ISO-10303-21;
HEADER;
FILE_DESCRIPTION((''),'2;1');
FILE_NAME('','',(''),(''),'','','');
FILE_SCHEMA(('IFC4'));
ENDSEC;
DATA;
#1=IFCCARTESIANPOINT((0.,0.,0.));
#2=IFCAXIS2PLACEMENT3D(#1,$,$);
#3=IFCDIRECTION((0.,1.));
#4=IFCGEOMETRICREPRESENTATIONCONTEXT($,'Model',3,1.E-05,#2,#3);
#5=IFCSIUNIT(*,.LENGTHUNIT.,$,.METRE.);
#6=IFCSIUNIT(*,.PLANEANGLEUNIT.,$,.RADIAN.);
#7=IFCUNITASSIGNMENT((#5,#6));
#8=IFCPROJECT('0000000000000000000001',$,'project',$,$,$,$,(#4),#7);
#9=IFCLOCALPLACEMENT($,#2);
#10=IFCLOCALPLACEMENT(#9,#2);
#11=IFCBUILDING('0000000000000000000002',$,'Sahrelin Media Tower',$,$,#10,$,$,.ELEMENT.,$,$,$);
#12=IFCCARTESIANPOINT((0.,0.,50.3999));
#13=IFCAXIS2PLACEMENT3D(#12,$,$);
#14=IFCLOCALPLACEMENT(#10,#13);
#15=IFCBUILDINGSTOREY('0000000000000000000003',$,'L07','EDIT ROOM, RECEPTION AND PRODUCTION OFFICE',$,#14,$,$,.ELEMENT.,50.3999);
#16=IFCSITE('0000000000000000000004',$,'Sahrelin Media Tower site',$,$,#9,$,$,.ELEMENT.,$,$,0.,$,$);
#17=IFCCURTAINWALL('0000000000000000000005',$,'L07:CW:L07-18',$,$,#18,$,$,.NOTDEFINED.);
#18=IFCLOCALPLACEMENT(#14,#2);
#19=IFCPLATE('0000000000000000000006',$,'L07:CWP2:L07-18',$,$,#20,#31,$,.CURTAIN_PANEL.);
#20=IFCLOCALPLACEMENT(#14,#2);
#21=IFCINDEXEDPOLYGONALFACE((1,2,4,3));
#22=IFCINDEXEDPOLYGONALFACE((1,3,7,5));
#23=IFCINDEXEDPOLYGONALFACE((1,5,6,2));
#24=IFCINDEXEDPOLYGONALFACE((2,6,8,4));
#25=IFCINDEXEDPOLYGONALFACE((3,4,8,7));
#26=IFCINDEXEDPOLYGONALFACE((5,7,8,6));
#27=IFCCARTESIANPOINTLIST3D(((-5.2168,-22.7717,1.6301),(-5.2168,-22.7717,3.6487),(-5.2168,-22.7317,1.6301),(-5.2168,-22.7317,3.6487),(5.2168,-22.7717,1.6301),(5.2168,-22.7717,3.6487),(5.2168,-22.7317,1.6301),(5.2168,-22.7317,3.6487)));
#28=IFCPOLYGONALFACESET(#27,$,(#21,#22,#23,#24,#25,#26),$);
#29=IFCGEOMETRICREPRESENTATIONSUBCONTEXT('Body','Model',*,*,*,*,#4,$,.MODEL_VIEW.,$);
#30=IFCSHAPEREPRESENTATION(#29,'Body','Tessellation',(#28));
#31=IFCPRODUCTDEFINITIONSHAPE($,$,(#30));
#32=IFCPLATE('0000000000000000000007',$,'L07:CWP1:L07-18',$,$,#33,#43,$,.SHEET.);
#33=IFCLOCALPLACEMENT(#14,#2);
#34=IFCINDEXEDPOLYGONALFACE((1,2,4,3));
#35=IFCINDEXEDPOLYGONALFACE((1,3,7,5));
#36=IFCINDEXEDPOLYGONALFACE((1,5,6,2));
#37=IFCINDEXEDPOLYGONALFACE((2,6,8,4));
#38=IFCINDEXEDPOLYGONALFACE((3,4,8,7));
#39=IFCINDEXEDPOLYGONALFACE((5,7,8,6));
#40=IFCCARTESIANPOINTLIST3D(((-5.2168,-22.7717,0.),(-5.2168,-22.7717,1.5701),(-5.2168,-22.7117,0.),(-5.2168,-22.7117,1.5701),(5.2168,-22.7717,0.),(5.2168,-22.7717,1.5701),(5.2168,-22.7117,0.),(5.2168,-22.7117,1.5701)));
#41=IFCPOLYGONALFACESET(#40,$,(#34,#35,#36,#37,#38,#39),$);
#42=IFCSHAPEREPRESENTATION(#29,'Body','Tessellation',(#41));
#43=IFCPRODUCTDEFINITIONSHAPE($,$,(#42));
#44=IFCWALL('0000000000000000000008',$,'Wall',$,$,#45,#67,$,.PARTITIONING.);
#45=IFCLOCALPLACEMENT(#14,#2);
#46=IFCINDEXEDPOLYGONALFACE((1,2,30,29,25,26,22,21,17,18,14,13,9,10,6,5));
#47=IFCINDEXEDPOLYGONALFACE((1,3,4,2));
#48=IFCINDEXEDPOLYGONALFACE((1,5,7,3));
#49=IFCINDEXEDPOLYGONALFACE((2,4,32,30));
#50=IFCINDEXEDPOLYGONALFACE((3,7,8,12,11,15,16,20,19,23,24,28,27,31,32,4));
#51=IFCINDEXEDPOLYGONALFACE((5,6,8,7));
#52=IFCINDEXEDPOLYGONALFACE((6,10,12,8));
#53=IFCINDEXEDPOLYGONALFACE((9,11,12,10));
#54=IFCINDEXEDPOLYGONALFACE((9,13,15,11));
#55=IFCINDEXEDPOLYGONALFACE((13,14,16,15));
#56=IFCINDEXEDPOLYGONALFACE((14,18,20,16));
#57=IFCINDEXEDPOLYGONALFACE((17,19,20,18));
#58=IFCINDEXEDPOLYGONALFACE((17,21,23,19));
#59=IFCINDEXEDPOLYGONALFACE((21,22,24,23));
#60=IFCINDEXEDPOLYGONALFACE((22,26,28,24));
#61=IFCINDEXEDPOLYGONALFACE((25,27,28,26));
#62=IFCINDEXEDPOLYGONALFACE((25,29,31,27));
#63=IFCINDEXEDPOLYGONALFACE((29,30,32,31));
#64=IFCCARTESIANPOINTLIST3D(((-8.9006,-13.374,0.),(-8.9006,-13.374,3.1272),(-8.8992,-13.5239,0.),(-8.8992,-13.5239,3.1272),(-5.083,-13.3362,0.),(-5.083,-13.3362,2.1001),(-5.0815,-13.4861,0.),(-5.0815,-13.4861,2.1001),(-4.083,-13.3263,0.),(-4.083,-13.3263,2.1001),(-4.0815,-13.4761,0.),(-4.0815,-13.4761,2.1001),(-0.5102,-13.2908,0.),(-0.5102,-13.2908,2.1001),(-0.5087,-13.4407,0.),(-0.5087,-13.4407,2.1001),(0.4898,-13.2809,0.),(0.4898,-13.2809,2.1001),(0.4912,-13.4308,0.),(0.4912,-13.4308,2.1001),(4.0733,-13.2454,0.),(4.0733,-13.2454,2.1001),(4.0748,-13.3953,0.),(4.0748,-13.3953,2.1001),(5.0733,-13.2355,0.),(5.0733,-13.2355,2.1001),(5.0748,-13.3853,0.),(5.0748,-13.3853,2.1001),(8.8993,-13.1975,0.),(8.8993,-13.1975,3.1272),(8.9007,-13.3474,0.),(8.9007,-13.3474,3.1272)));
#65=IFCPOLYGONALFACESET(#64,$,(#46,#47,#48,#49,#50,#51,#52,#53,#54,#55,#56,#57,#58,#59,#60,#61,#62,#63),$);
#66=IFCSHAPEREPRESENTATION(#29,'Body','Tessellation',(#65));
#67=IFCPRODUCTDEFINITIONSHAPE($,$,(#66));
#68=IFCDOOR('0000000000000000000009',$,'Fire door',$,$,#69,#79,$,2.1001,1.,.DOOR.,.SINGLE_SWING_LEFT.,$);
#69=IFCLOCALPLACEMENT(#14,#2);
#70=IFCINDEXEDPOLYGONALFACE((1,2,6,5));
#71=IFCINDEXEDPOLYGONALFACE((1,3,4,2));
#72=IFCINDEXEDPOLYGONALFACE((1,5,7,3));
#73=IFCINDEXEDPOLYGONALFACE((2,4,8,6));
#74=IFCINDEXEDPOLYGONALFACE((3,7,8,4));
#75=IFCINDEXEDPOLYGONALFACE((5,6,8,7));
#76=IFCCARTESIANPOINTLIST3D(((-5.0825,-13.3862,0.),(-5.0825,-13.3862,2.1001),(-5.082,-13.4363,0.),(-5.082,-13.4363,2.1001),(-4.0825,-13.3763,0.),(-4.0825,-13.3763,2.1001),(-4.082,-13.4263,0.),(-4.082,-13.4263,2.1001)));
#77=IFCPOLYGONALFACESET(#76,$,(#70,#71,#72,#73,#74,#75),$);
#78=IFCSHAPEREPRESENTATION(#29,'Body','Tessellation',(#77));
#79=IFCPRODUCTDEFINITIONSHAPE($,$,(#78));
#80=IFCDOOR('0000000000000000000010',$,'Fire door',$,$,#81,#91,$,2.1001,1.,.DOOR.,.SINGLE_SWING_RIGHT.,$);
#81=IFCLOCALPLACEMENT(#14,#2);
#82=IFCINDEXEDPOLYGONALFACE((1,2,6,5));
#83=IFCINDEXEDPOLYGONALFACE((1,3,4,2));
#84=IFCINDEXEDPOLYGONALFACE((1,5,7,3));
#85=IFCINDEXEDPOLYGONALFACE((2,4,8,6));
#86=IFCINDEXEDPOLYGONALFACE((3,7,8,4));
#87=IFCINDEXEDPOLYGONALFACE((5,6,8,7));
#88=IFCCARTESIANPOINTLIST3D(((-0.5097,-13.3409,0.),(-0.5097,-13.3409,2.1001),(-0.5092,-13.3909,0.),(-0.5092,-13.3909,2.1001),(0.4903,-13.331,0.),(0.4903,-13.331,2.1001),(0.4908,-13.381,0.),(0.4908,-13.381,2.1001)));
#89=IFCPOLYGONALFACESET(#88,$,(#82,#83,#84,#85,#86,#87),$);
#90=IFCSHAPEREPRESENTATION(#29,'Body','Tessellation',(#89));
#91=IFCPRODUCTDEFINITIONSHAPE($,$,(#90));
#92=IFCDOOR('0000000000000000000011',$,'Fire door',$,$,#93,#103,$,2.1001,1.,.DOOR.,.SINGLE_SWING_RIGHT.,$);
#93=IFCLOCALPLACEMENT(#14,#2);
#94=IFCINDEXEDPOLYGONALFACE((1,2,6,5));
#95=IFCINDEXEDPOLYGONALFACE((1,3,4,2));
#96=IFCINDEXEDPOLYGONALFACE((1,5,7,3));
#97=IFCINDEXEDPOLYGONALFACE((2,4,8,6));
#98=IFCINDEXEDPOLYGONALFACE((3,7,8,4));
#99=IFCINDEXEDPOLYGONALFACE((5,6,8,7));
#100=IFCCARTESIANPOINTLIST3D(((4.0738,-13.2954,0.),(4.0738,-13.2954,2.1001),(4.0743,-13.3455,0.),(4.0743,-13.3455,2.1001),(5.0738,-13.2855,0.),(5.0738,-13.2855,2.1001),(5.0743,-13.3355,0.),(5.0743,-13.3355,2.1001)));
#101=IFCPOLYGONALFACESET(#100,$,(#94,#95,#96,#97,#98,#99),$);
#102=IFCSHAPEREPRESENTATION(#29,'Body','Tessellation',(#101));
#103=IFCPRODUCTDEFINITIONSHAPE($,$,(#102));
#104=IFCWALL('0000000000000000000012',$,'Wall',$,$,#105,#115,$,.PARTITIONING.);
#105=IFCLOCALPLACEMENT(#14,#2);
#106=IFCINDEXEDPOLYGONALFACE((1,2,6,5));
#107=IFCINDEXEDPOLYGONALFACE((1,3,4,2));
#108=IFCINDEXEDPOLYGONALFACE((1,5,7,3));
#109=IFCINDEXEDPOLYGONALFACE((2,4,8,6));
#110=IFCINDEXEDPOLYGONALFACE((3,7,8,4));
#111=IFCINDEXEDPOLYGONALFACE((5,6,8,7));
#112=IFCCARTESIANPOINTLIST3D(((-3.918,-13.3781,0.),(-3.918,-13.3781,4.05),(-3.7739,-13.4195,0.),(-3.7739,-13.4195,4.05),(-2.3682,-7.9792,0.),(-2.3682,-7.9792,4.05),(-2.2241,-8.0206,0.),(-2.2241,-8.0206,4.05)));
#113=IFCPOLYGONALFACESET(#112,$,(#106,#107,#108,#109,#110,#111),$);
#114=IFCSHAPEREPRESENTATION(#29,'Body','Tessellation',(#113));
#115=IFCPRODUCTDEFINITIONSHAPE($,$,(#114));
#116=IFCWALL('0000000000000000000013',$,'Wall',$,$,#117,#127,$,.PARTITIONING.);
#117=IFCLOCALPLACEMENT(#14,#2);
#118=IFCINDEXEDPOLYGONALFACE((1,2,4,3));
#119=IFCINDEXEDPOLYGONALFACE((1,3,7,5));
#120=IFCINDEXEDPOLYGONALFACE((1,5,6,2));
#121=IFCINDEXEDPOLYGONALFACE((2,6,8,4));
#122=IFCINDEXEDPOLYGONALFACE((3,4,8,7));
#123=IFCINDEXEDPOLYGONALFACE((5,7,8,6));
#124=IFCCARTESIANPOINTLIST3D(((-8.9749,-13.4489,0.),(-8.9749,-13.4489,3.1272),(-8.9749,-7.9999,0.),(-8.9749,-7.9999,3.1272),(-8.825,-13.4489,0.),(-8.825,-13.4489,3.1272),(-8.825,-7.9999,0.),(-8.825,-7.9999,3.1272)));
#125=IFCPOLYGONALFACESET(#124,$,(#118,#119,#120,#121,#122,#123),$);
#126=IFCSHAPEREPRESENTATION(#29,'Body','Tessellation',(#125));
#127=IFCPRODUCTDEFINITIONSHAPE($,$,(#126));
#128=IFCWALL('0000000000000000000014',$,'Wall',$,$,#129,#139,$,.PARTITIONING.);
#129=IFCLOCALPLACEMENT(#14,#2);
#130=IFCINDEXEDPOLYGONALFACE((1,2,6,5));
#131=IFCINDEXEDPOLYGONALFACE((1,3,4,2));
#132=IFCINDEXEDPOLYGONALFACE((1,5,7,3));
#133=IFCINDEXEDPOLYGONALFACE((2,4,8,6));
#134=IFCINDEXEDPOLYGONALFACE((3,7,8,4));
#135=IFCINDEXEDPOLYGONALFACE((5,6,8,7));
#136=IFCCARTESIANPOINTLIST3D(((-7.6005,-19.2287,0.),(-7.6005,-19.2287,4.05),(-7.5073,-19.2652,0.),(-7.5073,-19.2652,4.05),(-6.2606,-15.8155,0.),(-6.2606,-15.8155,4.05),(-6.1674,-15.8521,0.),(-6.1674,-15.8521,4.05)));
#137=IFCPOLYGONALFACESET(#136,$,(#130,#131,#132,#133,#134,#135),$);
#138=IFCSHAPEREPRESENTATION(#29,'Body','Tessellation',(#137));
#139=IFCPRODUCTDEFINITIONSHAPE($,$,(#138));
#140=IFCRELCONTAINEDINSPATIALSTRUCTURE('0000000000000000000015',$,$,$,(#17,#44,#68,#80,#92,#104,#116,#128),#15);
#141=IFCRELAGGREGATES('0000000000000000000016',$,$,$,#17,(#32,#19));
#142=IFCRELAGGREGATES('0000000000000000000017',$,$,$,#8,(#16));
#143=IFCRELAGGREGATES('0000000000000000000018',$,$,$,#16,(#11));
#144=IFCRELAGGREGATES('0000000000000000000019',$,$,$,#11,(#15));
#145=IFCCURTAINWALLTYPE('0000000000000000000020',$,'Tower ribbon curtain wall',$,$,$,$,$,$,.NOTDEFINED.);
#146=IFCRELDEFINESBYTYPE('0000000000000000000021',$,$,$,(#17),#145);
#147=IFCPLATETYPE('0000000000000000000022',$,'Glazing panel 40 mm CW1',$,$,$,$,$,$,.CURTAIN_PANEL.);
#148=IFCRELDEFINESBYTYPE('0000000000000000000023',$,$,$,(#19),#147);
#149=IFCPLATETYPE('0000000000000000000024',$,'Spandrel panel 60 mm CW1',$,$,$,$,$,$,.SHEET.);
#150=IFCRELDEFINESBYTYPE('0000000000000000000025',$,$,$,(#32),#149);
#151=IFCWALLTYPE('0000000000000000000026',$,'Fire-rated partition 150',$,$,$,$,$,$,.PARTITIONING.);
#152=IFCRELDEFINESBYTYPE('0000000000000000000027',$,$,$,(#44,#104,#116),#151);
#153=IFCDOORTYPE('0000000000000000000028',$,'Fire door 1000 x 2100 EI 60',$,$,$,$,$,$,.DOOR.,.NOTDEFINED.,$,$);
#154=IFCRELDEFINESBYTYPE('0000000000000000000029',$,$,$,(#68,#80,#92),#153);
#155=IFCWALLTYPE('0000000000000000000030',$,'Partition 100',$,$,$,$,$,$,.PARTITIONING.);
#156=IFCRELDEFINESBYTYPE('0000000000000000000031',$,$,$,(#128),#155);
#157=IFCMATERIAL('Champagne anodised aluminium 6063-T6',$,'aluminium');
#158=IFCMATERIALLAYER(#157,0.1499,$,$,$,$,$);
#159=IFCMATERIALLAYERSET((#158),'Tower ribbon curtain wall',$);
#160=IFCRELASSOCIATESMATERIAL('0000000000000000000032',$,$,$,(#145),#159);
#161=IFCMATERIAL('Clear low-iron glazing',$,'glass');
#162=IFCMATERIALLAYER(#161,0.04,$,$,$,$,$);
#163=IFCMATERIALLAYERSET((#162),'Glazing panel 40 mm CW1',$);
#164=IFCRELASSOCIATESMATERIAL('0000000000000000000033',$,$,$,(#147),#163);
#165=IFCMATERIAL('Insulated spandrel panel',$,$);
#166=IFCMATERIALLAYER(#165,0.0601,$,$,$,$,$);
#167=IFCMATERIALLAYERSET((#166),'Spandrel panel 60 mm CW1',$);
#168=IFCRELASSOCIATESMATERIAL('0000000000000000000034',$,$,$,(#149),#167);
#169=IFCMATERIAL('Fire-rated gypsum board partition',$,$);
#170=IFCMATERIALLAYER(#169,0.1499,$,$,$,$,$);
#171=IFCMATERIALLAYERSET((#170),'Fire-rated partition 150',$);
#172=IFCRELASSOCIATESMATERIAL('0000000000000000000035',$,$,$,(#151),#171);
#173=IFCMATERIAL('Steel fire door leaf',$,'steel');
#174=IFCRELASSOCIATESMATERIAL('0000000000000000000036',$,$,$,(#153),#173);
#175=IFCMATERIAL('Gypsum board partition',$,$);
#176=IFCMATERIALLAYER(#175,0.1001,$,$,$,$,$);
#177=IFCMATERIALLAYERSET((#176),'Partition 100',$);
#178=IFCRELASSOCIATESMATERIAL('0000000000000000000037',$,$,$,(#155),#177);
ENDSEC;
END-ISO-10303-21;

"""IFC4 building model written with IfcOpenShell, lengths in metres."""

from ifc_helpers import new_model, si_unit, direction, frame, frame_2d, origin, place, context, subcontext, project, spatial, polyline, rectangle, outline, extrude, material, layer, layer_set, type_object, element, fill, aggregate, save


model = new_model("IFC4")

# Units and contexts
model_context = context("Model", 3, precision=1e-05, world=origin(), true_north=direction((0.0, 1.0)))
body_context = subcontext(model_context, "Body", "Model", "MODEL_VIEW")
ifc_project = project(units=[si_unit("LENGTHUNIT", "METRE"), si_unit("PLANEANGLEUNIT", "RADIAN")], contexts=[model_context])

# Site, building, storey
site_placement = place(None, origin())
site = spatial("IfcSite", under=ifc_project, at=site_placement, Name="Sahrelin Media Tower site", CompositionType="ELEMENT", RefElevation=0.0)
building_placement = place(site_placement, origin())
building = spatial("IfcBuilding", under=site, at=building_placement, Name="Sahrelin Media Tower", CompositionType="ELEMENT")
storey_placement = place(building_placement, frame((0.0, 0.0, 50.3999)))
storey = spatial("IfcBuildingStorey", under=building, at=storey_placement, Name="L07", Description="EDIT ROOM, RECEPTION AND PRODUCTION OFFICE", CompositionType="ELEMENT", Elevation=50.3999)

# Curtain wall
ifc_material_1 = material(Name="Champagne anodised aluminium 6063-T6", Category="aluminium")
ifc_layer_1 = layer(ifc_material_1, 0.1499)
ifc_layer_set_1 = layer_set([ifc_layer_1], Name="Tower ribbon curtain wall")
curtain_wall_type = type_object("IfcCurtainWallType", Name="Tower ribbon curtain wall", PredefinedType="NOTDEFINED", material=ifc_layer_set_1)
curtain_wall_1_placement = place(storey_placement, frame((0.0, -22.7517, 0.0), z_axis=(0.0, 0.0, 1.0), x_axis=(1.0, 0.0, 0.0)))
curtain_wall_1 = element("IfcCurtainWall", 1, at=curtain_wall_1_placement, inside=storey, type_object=curtain_wall_type, Name="L07:CW:L07-18", PredefinedType="NOTDEFINED")

# Plates
ifc_material_2 = material(Name="Clear low-iron glazing", Category="glass")
ifc_layer_2 = layer(ifc_material_2, 0.04)
ifc_layer_set_2 = layer_set([ifc_layer_2], Name="Glazing panel 40 mm CW1")
plate_type_1 = type_object("IfcPlateType", Name="Glazing panel 40 mm CW1", PredefinedType="CURTAIN_PANEL", material=ifc_layer_set_2)
plate_1_placement = place(storey_placement, frame((-5.2168, -22.7717, 1.6301), z_axis=(0.0, -1.0, 0.0), x_axis=(1.0, 0.0, 0.0)))
plate_1 = element("IfcPlate", 2, at=plate_1_placement, type_object=plate_type_1, Name="L07:CWP2:L07-18", PredefinedType="CURTAIN_PANEL", context=body_context, shape_type="SweptSolid", body=[
    extrude(outline(polyline([(0.0, 0.0), (10.4336, 0.0), (10.4336, 2.0186), (0.0, 2.0186), (0.0, 0.0)])), origin(), (0.0, 0.0, -1.0), 0.04),
])
ifc_material_3 = material(Name="Insulated spandrel panel")
ifc_layer_3 = layer(ifc_material_3, 0.0601)
ifc_layer_set_3 = layer_set([ifc_layer_3], Name="Spandrel panel 60 mm CW1")
plate_type_2 = type_object("IfcPlateType", Name="Spandrel panel 60 mm CW1", PredefinedType="SHEET", material=ifc_layer_set_3)
plate_2_placement = place(storey_placement, frame((-5.2168, -22.7717, 0.0), z_axis=(0.0, -1.0, 0.0), x_axis=(1.0, 0.0, 0.0)))
plate_2 = element("IfcPlate", 3, at=plate_2_placement, type_object=plate_type_2, Name="L07:CWP1:L07-18", PredefinedType="SHEET", context=body_context, shape_type="SweptSolid", body=[
    extrude(outline(polyline([(0.0, 0.0), (10.4336, 0.0), (10.4336, 1.5701), (0.0, 1.5701), (0.0, 0.0)])), origin(), (0.0, 0.0, -1.0), 0.0601),
])
aggregate(curtain_wall_1, [plate_2, plate_1])

# Wall, openings, doors
ifc_material_4 = material(Name="Fire-rated gypsum board partition")
ifc_layer_4 = layer(ifc_material_4, 0.1499)
ifc_layer_set_4 = layer_set([ifc_layer_4], Name="Fire-rated partition 150")
wall_type_1 = type_object("IfcWallType", Name="Fire-rated partition 150", PredefinedType="PARTITIONING", material=ifc_layer_set_4)
wall_1_placement = place(storey_placement, frame((-8.8999, -13.449, 0.0), z_axis=(0.0, 0.0, 1.0), x_axis=(0.999951, 0.009916, 0.0)))
wall_1 = element("IfcWall", 4, at=wall_1_placement, inside=storey, type_object=wall_type_1, Name="Wall", PredefinedType="PARTITIONING", context=body_context, shape_type="SweptSolid", body=[
    extrude(rectangle(XDim=17.8008, YDim=0.1499, at=frame_2d((8.9004, 0.0))), origin(), (0.0, 0.0, 1.0), 3.1272),
])
opening_1_placement = place(wall_1_placement, frame((3.8179, 0.0, 0.0)))
opening_1 = element("IfcOpeningElement", 5, at=opening_1_placement, cuts=wall_1, PredefinedType="OPENING", context=body_context, shape_type="SweptSolid", body=[
    extrude(rectangle(XDim=1.0, YDim=2.1001, at=frame_2d((0.5, 1.05))), frame((0.0, 0.075, 0.0), z_axis=(0.0, -1.0, 0.0), x_axis=(1.0, 0.0, 0.0)), (0.0, 0.0, 1.0), 0.1499),
])
opening_2_placement = place(wall_1_placement, frame((8.3909, 0.0, 0.0)))
opening_2 = element("IfcOpeningElement", 6, at=opening_2_placement, cuts=wall_1, PredefinedType="OPENING", context=body_context, shape_type="SweptSolid", body=[
    extrude(rectangle(XDim=1.0, YDim=2.1001, at=frame_2d((0.5, 1.05))), frame((0.0, 0.075, 0.0), z_axis=(0.0, -1.0, 0.0), x_axis=(1.0, 0.0, 0.0)), (0.0, 0.0, 1.0), 0.1499),
])
opening_3_placement = place(wall_1_placement, frame((12.9746, 0.0, 0.0)))
opening_3 = element("IfcOpeningElement", 7, at=opening_3_placement, cuts=wall_1, PredefinedType="OPENING", context=body_context, shape_type="SweptSolid", body=[
    extrude(rectangle(XDim=1.0, YDim=2.1001, at=frame_2d((0.5, 1.05))), frame((0.0, 0.075, 0.0), z_axis=(0.0, -1.0, 0.0), x_axis=(1.0, 0.0, 0.0)), (0.0, 0.0, 1.0), 0.1499),
])
ifc_material_5 = material(Name="Steel fire door leaf", Category="steel")
door_type = type_object("IfcDoorType", Name="Fire door 1000 x 2100 EI 60", OperationType="NOTDEFINED", PredefinedType="DOOR", material=ifc_material_5)
door_1_placement = place(opening_1_placement, origin())
door_1 = element("IfcDoor", 8, at=door_1_placement, inside=storey, type_object=door_type, Name="Fire door", OperationType="SINGLE_SWING_LEFT", OverallHeight=2.1001, OverallWidth=1.0, PredefinedType="DOOR", context=body_context, shape_type="SweptSolid", body=[
    extrude(rectangle(XDim=1.0, YDim=2.1001, at=frame_2d((0.5, 1.05))), frame((0.0, 0.0249, 0.0), z_axis=(0.0, -1.0, 0.0), x_axis=(1.0, 0.0, 0.0)), (0.0, 0.0, 1.0), 0.05),
])
fill(opening_1, door_1)
door_2_placement = place(opening_2_placement, origin())
door_2 = element("IfcDoor", 9, at=door_2_placement, inside=storey, type_object=door_type, Name="Fire door", OperationType="SINGLE_SWING_RIGHT", OverallHeight=2.1001, OverallWidth=1.0, PredefinedType="DOOR", context=body_context, shape_type="SweptSolid", body=[
    extrude(rectangle(XDim=1.0, YDim=2.1001, at=frame_2d((0.5, 1.05))), frame((0.0, 0.0249, 0.0), z_axis=(0.0, -1.0, 0.0), x_axis=(1.0, 0.0, 0.0)), (0.0, 0.0, 1.0), 0.05),
])
fill(opening_2, door_2)
door_3_placement = place(opening_3_placement, origin())
door_3 = element("IfcDoor", 10, at=door_3_placement, inside=storey, type_object=door_type, Name="Fire door", OperationType="SINGLE_SWING_RIGHT", OverallHeight=2.1001, OverallWidth=1.0, PredefinedType="DOOR", context=body_context, shape_type="SweptSolid", body=[
    extrude(rectangle(XDim=1.0, YDim=2.1001, at=frame_2d((0.5, 1.05))), frame((0.0, 0.0249, 0.0), z_axis=(0.0, -1.0, 0.0), x_axis=(1.0, 0.0, 0.0)), (0.0, 0.0, 1.0), 0.05),
])
fill(opening_3, door_3)

# Walls
wall_2_placement = place(storey_placement, frame((-3.8459, -13.3989, 0.0), z_axis=(0.0, 0.0, 1.0), x_axis=(0.275915, 0.961182, 0.0)))
element("IfcWall", 11, at=wall_2_placement, inside=storey, type_object=wall_type_1, Name="Wall", PredefinedType="PARTITIONING", context=body_context, shape_type="SweptSolid", body=[
    extrude(rectangle(XDim=5.6169, YDim=0.1499, at=frame_2d((2.8086, 0.0))), origin(), (0.0, 0.0, 1.0), 4.05),
])
wall_3_placement = place(storey_placement, frame((-8.8999, -13.449, 0.0), z_axis=(0.0, 0.0, 1.0), x_axis=(0.0, 1.0, 0.0)))
element("IfcWall", 12, at=wall_3_placement, inside=storey, type_object=wall_type_1, Name="Wall", PredefinedType="PARTITIONING", context=body_context, shape_type="SweptSolid", body=[
    extrude(rectangle(XDim=5.449, YDim=0.1499, at=frame_2d((2.7246, 0.0))), origin(), (0.0, 0.0, 1.0), 3.1272),
])
ifc_material_6 = material(Name="Gypsum board partition")
ifc_layer_5 = layer(ifc_material_6, 0.1001)
ifc_layer_set_5 = layer_set([ifc_layer_5], Name="Partition 100")
wall_type_2 = type_object("IfcWallType", Name="Partition 100", PredefinedType="PARTITIONING", material=ifc_layer_set_5)
wall_4_placement = place(storey_placement, frame((-7.554, -19.2471, 0.0), z_axis=(0.0, 0.0, 1.0), x_axis=(0.365413, 0.930845, 0.0)))
element("IfcWall", 13, at=wall_4_placement, inside=storey, type_object=wall_type_2, Name="Wall", PredefinedType="PARTITIONING", context=body_context, shape_type="SweptSolid", body=[
    extrude(rectangle(XDim=3.6667, YDim=0.1001, at=frame_2d((1.8335, 0.0))), origin(), (0.0, 0.0, 1.0), 4.05),
])

save(model, "model.ifc")
